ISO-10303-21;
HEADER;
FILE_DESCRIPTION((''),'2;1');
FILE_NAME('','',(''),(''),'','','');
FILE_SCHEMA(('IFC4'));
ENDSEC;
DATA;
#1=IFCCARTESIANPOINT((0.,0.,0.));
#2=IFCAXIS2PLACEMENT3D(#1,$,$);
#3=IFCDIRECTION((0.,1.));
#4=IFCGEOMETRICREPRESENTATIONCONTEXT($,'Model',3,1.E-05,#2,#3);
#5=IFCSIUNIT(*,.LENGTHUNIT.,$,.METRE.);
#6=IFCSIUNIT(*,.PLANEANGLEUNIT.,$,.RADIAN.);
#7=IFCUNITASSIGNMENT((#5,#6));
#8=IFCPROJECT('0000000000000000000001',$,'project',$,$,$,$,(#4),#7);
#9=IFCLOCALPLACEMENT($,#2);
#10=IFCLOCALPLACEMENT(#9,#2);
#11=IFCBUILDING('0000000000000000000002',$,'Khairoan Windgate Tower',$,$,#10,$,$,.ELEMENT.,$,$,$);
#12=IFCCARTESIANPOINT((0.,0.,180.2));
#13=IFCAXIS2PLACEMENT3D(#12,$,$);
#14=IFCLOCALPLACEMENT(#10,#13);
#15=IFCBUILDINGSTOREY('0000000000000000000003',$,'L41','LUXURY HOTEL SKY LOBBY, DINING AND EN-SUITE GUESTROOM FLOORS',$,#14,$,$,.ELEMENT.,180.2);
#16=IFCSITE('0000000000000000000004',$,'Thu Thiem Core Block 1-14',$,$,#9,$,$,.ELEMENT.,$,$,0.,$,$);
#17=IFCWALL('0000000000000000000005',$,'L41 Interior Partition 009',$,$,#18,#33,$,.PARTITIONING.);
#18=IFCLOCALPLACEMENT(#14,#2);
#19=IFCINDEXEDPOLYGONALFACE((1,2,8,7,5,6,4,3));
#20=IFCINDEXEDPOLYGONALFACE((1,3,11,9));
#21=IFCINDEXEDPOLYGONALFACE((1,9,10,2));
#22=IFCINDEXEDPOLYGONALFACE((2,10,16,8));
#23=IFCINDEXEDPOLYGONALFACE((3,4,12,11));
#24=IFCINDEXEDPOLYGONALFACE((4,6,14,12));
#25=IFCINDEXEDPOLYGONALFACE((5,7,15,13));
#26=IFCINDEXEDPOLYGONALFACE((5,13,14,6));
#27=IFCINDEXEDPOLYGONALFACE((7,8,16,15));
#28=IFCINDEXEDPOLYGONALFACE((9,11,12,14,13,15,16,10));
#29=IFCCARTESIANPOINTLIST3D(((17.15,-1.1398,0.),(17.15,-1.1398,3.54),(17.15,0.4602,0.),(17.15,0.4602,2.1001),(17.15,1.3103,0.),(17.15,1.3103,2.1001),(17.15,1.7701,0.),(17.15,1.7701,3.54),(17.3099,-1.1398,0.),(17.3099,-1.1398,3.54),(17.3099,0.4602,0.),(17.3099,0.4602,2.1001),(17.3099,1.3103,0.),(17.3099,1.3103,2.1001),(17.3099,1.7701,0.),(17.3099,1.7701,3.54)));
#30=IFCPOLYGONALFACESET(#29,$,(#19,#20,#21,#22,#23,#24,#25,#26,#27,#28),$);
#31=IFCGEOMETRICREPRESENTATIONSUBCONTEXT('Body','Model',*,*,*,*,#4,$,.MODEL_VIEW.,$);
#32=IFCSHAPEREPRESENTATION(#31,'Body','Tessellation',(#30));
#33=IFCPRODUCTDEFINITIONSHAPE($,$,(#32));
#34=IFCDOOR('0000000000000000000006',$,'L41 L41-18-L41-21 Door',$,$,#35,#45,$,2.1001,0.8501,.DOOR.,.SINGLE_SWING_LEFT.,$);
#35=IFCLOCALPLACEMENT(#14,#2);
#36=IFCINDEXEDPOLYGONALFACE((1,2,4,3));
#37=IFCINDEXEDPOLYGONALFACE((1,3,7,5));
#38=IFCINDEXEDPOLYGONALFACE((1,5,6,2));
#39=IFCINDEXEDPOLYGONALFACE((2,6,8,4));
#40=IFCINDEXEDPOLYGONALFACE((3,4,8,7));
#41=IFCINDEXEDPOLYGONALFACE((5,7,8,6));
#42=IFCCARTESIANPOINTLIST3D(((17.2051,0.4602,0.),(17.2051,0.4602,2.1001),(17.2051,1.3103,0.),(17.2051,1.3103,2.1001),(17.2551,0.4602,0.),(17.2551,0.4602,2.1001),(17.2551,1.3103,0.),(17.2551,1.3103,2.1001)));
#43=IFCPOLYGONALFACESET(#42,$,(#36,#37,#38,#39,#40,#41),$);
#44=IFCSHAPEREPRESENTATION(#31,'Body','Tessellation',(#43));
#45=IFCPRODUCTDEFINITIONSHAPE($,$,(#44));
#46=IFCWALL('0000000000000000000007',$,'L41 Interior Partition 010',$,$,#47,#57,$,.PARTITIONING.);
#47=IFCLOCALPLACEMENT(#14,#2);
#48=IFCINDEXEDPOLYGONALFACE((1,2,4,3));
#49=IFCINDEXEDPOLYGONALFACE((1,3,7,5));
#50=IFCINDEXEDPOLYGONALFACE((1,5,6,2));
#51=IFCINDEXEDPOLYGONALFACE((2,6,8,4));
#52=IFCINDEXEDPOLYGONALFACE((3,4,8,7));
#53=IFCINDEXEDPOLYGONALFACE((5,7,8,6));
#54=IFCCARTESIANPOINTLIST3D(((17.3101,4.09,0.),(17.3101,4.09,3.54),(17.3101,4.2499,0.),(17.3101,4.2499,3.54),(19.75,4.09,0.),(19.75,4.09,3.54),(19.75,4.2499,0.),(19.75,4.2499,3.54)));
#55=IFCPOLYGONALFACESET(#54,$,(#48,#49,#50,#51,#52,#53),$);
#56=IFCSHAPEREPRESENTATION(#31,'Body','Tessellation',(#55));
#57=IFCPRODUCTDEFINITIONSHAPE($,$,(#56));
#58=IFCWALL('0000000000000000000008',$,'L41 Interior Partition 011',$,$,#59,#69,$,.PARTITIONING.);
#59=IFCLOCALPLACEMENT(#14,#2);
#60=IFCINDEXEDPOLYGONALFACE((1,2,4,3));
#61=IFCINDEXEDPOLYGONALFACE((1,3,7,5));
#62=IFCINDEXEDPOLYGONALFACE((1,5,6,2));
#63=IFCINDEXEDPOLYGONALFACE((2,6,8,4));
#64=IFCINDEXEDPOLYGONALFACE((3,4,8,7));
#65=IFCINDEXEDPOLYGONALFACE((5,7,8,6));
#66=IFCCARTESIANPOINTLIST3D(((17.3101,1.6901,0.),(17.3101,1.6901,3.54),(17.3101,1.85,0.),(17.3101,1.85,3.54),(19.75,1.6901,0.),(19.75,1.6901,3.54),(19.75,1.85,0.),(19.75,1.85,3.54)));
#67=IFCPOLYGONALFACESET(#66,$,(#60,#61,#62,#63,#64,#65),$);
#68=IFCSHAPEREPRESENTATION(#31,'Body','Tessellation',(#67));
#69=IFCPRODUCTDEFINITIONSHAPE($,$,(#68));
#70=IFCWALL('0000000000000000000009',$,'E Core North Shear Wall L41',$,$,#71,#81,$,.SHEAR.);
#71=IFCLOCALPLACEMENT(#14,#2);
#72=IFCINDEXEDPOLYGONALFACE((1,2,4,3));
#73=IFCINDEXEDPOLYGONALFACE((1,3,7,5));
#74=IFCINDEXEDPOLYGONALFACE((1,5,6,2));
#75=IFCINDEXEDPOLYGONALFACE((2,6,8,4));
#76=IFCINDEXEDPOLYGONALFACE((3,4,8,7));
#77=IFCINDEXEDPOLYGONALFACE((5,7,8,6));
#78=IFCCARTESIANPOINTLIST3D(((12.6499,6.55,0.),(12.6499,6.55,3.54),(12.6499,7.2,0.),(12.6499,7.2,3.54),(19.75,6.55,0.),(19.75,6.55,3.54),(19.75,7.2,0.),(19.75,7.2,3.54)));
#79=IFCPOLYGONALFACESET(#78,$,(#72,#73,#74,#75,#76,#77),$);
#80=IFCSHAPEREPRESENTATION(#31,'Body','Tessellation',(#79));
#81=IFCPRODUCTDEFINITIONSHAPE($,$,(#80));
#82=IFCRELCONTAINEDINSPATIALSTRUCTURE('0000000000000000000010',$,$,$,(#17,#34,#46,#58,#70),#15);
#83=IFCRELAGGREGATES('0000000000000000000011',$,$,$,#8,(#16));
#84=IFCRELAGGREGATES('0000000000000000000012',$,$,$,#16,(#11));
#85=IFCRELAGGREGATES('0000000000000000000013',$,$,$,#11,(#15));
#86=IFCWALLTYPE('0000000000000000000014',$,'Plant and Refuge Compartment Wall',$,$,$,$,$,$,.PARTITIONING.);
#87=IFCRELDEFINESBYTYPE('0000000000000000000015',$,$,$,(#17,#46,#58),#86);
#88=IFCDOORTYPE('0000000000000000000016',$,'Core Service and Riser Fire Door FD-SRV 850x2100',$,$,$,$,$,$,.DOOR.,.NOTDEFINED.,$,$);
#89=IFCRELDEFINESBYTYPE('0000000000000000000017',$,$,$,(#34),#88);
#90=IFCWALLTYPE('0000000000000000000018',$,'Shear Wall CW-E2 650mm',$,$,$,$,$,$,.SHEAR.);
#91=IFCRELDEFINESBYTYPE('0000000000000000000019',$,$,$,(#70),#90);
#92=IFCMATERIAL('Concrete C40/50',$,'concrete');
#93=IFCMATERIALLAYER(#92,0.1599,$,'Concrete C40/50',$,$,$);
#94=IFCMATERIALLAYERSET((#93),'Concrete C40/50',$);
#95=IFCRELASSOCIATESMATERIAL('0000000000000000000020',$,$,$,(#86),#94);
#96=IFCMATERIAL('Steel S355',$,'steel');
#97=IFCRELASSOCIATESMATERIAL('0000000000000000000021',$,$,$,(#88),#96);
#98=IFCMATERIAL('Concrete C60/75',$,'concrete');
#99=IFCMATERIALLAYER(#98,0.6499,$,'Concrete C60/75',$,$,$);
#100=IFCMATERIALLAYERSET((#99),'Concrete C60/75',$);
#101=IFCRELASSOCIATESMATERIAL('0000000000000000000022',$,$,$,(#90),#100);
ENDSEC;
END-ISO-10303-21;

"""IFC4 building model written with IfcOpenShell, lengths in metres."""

from ifc_helpers import new_model, si_unit, direction, frame, frame_2d, origin, place, context, subcontext, project, spatial, rectangle, extrude, material, layer, layer_set, type_object, element, fill, save


model = new_model("IFC4")

# Units and contexts
model_context = context("Model", 3, precision=1e-05, world=origin(), true_north=direction((0.0, 1.0)))
body_context = subcontext(model_context, "Body", "Model", "MODEL_VIEW")
ifc_project = project(units=[si_unit("LENGTHUNIT", "METRE"), si_unit("PLANEANGLEUNIT", "RADIAN")], contexts=[model_context])

# Site, building, storey
site_placement = place(None, origin())
site = spatial("IfcSite", under=ifc_project, at=site_placement, Name="Thu Thiem Core Block 1-14", CompositionType="ELEMENT", RefElevation=0.0)
building_placement = place(site_placement, origin())
building = spatial("IfcBuilding", under=site, at=building_placement, Name="Khairoan Windgate Tower", CompositionType="ELEMENT")
storey_placement = place(building_placement, frame((0.0, 0.0, 180.2)))
storey = spatial("IfcBuildingStorey", under=building, at=storey_placement, Name="L41", Description="LUXURY HOTEL SKY LOBBY, DINING AND EN-SUITE GUESTROOM FLOORS", CompositionType="ELEMENT", Elevation=180.2)

# Wall, opening, door
ifc_material_1 = material(Name="Concrete C40/50", Category="concrete")
ifc_layer_1 = layer(ifc_material_1, 0.1599, Name="Concrete C40/50")
ifc_layer_set_1 = layer_set([ifc_layer_1], Name="Concrete C40/50")
wall_type_1 = type_object("IfcWallType", Name="Plant and Refuge Compartment Wall", PredefinedType="PARTITIONING", material=ifc_layer_set_1)
ifc_material_2 = material(Name="Steel S355", Category="steel")
door_type = type_object("IfcDoorType", Name="Core Service and Riser Fire Door FD-SRV 850x2100", OperationType="NOTDEFINED", PredefinedType="DOOR", material=ifc_material_2)
wall_1_placement = place(storey_placement, frame((17.23, -1.1399, 0.0), z_axis=(0.0, 0.0, 1.0), x_axis=(0.0, 1.0, 0.0)))
wall_1 = element("IfcWall", 1, at=wall_1_placement, inside=storey, type_object=wall_type_1, Name="L41 Interior Partition 009", PredefinedType="PARTITIONING", context=body_context, shape_type="SweptSolid", body=[
    extrude(rectangle(XDim=2.9099, YDim=0.1599, at=frame_2d((1.4551, 0.0))), origin(), (0.0, 0.0, 1.0), 3.54),
])
opening_1_placement = place(wall_1_placement, frame((1.6001, 0.0, 0.0)))
opening_1 = element("IfcOpeningElement", 2, at=opening_1_placement, cuts=wall_1, PredefinedType="OPENING", context=body_context, shape_type="SweptSolid", body=[
    extrude(rectangle(XDim=0.8501, YDim=2.1001, at=frame_2d((0.425, 1.05))), frame((0.0, 0.0898, 0.0), z_axis=(0.0, -1.0, 0.0), x_axis=(1.0, 0.0, 0.0)), (0.0, 0.0, 1.0), 0.1799),
])
door_1_placement = place(opening_1_placement, origin())
door_1 = element("IfcDoor", 3, at=door_1_placement, inside=storey, type_object=door_type, Name="L41 L41-18-L41-21 Door", OperationType="SINGLE_SWING_LEFT", OverallHeight=2.1001, OverallWidth=0.8501, PredefinedType="DOOR", context=body_context, shape_type="SweptSolid", body=[
    extrude(rectangle(XDim=0.8501, YDim=2.1001, at=frame_2d((0.425, 1.05))), frame((0.0, 0.0249, 0.0), z_axis=(0.0, -1.0, 0.0), x_axis=(1.0, 0.0, 0.0)), (0.0, 0.0, 1.0), 0.05),
])
fill(opening_1, door_1)

# Walls
for number, where, z_axis, x_axis, name in (
    (4, (17.3101, 4.1699, 0.0), (0.0, 0.0, 1.0), (1.0, 0.0, 0.0), "L41 Interior Partition 010"),
    (5, (17.3101, 1.77, 0.0), (0.0, 0.0, 1.0), (1.0, 0.0, 0.0), "L41 Interior Partition 011"),
):
    element("IfcWall", number, at=place(storey_placement, frame(where, z_axis=z_axis, x_axis=x_axis)), inside=storey, type_object=wall_type_1, Name=name, PredefinedType="PARTITIONING", context=body_context, shape_type="SweptSolid", body=[
        extrude(rectangle(XDim=2.4399, YDim=0.1599, at=frame_2d((1.22, 0.0))), origin(), (0.0, 0.0, 1.0), 3.54),
    ])
ifc_material_3 = material(Name="Concrete C60/75", Category="concrete")
ifc_layer_2 = layer(ifc_material_3, 0.6499, Name="Concrete C60/75")
ifc_layer_set_2 = layer_set([ifc_layer_2], Name="Concrete C60/75")
wall_type_2 = type_object("IfcWallType", Name="Shear Wall CW-E2 650mm", PredefinedType="SHEAR", material=ifc_layer_set_2)
wall_2_placement = place(storey_placement, frame((12.6499, 6.875, 0.0), z_axis=(0.0, 0.0, 1.0), x_axis=(1.0, 0.0, 0.0)))
element("IfcWall", 6, at=wall_2_placement, inside=storey, type_object=wall_type_2, Name="E Core North Shear Wall L41", PredefinedType="SHEAR", context=body_context, shape_type="SweptSolid", body=[
    extrude(rectangle(XDim=7.1001, YDim=0.6499, at=frame_2d((3.55, 0.0))), origin(), (0.0, 0.0, 1.0), 3.54),
])

save(model, "model.ifc")
